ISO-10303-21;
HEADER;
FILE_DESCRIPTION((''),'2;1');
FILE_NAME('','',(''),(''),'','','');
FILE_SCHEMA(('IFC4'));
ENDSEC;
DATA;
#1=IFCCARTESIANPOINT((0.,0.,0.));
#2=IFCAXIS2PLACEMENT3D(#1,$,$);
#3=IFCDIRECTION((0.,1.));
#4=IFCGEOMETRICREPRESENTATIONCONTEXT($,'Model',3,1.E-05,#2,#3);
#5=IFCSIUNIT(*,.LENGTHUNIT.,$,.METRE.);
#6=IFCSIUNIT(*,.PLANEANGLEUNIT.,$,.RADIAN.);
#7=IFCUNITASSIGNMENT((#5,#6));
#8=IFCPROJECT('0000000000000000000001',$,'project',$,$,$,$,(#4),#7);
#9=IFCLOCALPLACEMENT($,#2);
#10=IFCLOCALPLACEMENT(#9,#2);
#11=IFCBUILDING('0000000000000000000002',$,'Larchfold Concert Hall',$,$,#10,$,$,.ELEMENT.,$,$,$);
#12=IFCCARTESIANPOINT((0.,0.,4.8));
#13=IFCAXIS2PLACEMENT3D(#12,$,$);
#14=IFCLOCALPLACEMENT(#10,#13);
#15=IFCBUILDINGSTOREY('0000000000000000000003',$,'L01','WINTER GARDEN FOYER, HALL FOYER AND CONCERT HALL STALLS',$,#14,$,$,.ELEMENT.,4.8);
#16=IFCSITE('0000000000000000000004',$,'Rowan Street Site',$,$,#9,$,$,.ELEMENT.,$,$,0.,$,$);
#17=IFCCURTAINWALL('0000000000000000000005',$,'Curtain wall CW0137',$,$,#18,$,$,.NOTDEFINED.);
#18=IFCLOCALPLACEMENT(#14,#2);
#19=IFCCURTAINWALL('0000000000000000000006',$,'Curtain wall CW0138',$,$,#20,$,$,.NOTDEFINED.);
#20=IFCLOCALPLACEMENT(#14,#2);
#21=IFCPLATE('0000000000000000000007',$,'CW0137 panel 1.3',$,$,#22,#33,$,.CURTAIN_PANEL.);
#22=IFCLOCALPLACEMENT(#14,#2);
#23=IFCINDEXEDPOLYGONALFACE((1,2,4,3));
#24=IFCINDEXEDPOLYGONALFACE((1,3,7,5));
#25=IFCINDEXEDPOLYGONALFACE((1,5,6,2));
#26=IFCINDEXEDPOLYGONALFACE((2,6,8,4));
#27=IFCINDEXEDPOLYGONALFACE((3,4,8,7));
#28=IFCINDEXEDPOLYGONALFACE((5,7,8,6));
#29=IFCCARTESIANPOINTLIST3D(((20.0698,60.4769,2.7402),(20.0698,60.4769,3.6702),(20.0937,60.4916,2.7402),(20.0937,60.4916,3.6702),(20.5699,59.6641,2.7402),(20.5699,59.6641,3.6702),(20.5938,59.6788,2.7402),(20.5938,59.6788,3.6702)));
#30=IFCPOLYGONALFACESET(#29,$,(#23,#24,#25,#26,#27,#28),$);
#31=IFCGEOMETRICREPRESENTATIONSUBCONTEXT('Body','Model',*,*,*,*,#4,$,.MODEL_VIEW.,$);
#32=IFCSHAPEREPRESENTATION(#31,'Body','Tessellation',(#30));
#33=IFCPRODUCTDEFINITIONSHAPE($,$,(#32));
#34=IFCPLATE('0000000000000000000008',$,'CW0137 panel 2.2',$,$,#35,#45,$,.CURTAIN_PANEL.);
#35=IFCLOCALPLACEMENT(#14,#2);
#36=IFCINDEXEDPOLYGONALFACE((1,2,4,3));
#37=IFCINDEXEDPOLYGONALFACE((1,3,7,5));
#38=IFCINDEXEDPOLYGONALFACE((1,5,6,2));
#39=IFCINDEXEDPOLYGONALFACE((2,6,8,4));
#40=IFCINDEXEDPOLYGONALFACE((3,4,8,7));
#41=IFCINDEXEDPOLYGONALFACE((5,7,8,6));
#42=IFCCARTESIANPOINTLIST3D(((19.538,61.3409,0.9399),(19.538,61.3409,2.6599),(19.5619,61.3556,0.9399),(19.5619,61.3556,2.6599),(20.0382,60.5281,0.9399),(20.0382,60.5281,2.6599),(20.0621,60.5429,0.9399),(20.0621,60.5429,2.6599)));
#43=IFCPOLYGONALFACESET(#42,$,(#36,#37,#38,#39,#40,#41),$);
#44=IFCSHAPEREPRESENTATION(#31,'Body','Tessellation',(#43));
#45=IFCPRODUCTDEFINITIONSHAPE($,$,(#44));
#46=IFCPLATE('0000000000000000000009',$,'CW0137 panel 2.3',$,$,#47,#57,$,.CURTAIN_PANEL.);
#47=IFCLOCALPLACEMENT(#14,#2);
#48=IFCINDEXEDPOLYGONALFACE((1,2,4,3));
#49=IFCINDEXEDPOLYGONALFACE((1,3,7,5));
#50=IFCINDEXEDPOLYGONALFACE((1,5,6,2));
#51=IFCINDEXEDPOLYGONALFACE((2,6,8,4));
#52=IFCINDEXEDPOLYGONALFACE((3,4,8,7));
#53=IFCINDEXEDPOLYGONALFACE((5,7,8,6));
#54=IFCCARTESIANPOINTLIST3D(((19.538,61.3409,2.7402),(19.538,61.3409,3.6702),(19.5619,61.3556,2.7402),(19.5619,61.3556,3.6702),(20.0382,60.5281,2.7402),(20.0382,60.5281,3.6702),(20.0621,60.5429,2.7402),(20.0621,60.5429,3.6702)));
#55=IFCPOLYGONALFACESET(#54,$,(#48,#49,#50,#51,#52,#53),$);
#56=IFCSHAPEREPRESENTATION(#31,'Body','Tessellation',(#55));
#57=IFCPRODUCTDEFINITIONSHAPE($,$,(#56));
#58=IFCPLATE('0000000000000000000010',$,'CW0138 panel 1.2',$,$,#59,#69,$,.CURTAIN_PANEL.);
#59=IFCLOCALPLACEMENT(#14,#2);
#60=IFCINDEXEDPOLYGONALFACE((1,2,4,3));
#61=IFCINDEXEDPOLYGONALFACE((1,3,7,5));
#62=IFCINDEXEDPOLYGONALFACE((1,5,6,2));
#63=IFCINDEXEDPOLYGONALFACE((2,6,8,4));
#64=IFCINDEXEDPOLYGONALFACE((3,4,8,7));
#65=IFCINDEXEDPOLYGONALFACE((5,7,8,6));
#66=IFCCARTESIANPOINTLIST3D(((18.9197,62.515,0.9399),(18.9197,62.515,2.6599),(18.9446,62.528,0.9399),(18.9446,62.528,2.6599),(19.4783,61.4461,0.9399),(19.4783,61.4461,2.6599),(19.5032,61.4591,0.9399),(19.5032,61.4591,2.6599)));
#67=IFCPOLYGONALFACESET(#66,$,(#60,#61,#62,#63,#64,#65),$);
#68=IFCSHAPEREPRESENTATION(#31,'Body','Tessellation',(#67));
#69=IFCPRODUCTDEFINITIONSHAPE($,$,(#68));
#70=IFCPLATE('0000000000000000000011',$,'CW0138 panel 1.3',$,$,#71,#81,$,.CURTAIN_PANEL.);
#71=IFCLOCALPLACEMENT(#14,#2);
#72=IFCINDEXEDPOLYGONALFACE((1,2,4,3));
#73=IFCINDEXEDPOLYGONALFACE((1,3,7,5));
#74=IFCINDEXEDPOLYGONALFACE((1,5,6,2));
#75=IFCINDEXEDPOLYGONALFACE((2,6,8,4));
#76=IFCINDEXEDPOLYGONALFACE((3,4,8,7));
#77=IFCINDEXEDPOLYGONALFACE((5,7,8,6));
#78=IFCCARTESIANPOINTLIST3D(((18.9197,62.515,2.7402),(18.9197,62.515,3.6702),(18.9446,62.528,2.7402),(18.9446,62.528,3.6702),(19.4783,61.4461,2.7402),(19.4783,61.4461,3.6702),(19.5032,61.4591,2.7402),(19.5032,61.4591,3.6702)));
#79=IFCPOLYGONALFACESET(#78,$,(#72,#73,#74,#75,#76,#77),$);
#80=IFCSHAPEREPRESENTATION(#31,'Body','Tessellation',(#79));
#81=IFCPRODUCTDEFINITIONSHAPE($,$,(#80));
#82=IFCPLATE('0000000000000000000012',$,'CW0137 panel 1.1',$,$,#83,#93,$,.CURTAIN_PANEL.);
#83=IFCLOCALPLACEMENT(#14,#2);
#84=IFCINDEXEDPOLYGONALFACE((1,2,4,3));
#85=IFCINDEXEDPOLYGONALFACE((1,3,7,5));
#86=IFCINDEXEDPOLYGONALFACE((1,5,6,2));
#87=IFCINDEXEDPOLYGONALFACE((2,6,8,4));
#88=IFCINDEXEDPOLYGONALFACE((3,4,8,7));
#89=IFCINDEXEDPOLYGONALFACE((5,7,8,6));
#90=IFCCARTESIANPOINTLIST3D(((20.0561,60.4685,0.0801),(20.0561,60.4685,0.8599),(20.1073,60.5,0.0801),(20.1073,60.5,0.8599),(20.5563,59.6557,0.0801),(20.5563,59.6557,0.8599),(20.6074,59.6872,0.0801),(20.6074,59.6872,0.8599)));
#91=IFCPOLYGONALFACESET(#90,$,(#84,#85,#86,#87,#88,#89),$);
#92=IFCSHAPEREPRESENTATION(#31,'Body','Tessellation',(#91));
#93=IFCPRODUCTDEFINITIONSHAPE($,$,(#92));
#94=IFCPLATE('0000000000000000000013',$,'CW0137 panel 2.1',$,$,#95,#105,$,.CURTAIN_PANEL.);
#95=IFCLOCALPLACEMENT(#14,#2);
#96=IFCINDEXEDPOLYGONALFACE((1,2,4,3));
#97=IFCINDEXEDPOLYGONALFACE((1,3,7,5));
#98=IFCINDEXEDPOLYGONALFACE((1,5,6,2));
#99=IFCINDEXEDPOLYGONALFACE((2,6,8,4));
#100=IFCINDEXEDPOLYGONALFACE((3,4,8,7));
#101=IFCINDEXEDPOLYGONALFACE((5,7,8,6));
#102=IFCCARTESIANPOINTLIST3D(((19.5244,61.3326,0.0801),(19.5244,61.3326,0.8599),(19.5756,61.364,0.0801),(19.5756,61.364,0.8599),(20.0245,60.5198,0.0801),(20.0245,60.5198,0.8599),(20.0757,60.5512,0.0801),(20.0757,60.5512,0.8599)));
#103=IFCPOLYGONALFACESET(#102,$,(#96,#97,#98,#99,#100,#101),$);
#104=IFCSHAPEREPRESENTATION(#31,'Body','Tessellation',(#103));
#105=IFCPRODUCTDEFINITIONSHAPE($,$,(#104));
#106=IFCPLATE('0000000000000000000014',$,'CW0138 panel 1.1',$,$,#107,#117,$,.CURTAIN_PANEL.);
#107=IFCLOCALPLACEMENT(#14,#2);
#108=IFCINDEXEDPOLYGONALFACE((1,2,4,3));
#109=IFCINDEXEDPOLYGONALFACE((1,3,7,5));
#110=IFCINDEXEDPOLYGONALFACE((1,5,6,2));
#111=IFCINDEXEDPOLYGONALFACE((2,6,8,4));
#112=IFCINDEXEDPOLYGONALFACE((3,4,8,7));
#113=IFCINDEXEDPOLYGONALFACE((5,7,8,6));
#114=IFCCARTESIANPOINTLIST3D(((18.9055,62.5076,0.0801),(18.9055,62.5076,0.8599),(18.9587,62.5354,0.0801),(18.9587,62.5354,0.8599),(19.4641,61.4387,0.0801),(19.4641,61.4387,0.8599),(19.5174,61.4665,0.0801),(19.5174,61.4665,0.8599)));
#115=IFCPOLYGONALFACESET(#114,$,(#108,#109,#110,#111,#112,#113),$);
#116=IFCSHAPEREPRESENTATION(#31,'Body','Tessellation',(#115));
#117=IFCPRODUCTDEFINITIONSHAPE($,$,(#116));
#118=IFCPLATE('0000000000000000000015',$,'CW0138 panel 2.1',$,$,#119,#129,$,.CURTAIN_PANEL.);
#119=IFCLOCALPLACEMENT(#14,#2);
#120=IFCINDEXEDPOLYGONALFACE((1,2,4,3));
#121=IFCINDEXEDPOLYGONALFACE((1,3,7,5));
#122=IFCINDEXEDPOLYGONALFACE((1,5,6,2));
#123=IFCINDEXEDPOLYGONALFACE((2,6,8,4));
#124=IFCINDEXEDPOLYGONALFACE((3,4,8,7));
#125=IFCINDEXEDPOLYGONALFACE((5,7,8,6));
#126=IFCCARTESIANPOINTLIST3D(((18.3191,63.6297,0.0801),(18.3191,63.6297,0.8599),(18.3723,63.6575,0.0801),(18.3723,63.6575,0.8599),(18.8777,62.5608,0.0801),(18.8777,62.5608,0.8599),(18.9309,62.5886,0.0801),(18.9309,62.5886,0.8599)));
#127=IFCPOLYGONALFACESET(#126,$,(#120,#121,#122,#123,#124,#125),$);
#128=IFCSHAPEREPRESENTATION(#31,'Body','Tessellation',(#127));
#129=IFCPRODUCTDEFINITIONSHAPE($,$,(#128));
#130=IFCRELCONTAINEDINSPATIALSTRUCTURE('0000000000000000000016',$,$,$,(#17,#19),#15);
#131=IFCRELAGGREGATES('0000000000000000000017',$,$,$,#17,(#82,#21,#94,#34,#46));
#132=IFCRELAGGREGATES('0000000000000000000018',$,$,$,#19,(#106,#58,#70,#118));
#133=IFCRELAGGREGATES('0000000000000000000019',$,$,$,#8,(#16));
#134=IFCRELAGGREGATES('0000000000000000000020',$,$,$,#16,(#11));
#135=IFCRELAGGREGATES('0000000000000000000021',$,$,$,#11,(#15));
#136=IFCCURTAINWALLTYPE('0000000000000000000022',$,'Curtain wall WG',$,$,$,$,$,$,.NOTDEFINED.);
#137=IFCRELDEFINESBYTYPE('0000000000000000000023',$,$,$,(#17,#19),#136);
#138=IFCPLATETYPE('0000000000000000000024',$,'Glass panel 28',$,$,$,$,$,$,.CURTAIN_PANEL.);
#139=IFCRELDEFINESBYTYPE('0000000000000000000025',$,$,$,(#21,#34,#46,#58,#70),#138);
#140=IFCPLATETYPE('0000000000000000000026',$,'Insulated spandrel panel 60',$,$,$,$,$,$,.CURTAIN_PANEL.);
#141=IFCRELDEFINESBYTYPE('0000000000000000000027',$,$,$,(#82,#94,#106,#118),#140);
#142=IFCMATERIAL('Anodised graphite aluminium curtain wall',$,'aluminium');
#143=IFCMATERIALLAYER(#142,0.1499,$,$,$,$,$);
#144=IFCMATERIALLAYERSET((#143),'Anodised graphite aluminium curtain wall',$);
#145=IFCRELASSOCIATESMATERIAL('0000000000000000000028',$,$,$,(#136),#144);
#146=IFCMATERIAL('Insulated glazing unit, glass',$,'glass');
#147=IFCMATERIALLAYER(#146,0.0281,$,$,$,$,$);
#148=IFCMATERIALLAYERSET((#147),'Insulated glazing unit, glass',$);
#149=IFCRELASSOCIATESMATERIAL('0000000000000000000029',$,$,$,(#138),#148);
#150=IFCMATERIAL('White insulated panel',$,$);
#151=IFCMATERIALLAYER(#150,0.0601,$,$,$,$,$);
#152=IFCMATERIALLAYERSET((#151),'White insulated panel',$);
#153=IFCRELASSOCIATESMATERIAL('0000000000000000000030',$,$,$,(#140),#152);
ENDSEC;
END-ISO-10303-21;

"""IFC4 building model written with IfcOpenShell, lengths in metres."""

from ifc_helpers import new_model, si_unit, direction, frame, origin, origin_2d, place, context, subcontext, project, spatial, rectangle, extrude, material, layer, layer_set, type_object, element, aggregate, save


model = new_model("IFC4")

# Units and contexts
model_context = context("Model", 3, precision=1e-05, world=origin(), true_north=direction((0.0, 1.0)))
body_context = subcontext(model_context, "Body", "Model", "MODEL_VIEW")
ifc_project = project(units=[si_unit("LENGTHUNIT", "METRE"), si_unit("PLANEANGLEUNIT", "RADIAN")], contexts=[model_context])

# Site, building, storey
site_placement = place(None, origin())
site = spatial("IfcSite", under=ifc_project, at=site_placement, Name="Rowan Street Site", CompositionType="ELEMENT", RefElevation=0.0)
building_placement = place(site_placement, origin())
building = spatial("IfcBuilding", under=site, at=building_placement, Name="Larchfold Concert Hall", CompositionType="ELEMENT")
storey_placement = place(building_placement, frame((0.0, 0.0, 4.8)))
storey = spatial("IfcBuildingStorey", under=building, at=storey_placement, Name="L01", Description="WINTER GARDEN FOYER, HALL FOYER AND CONCERT HALL STALLS", CompositionType="ELEMENT", Elevation=4.8)

# Curtain walls
ifc_material_1 = material(Name="Anodised graphite aluminium curtain wall", Category="aluminium")
ifc_layer_1 = layer(ifc_material_1, 0.1499)
ifc_layer_set_1 = layer_set([ifc_layer_1], Name="Anodised graphite aluminium curtain wall")
curtain_wall_type = type_object("IfcCurtainWallType", Name="Curtain wall WG", PredefinedType="NOTDEFINED", material=ifc_layer_set_1)
curtain_wall_1_placement = place(storey_placement, origin())
curtain_wall_1 = element("IfcCurtainWall", 1, at=curtain_wall_1_placement, inside=storey, type_object=curtain_wall_type, Name="Curtain wall CW0137", PredefinedType="NOTDEFINED")
curtain_wall_2_placement = place(storey_placement, origin())
curtain_wall_2 = element("IfcCurtainWall", 2, at=curtain_wall_2_placement, inside=storey, type_object=curtain_wall_type, Name="Curtain wall CW0138", PredefinedType="NOTDEFINED")

# Plates
ifc_material_2 = material(Name="Insulated glazing unit, glass", Category="glass")
ifc_layer_2 = layer(ifc_material_2, 0.0281)
ifc_layer_set_2 = layer_set([ifc_layer_2], Name="Insulated glazing unit, glass")
plate_type_1 = type_object("IfcPlateType", Name="Glass panel 28", PredefinedType="CURTAIN_PANEL", material=ifc_layer_set_2)
plate_1_placement = place(storey_placement, frame((20.3318, 60.0779, 2.7402), z_axis=(0.0, 0.0, 1.0), x_axis=(-0.524071, 0.851674, 0.0)))
plate_1 = element("IfcPlate", 3, at=plate_1_placement, type_object=plate_type_1, Name="CW0137 panel 1.3", PredefinedType="CURTAIN_PANEL", context=body_context, shape_type="SweptSolid", body=[
    extrude(rectangle(XDim=0.9543, YDim=0.0281, at=origin_2d()), origin(), (0.0, 0.0, 1.0), 0.9299),
])
plate_2_placement = place(storey_placement, frame((19.8, 60.9419, 0.9399), z_axis=(0.0, 0.0, 1.0), x_axis=(-0.524071, 0.851674, 0.0)))
plate_2 = element("IfcPlate", 4, at=plate_2_placement, type_object=plate_type_1, Name="CW0137 panel 2.2", PredefinedType="CURTAIN_PANEL", context=body_context, shape_type="SweptSolid", body=[
    extrude(rectangle(XDim=0.9543, YDim=0.0281, at=origin_2d()), origin(), (0.0, 0.0, 1.0), 1.72),
])
plate_3_placement = place(storey_placement, frame((19.8, 60.9419, 2.7402), z_axis=(0.0, 0.0, 1.0), x_axis=(-0.524071, 0.851674, 0.0)))
plate_3 = element("IfcPlate", 5, at=plate_3_placement, type_object=plate_type_1, Name="CW0137 panel 2.3", PredefinedType="CURTAIN_PANEL", context=body_context, shape_type="SweptSolid", body=[
    extrude(rectangle(XDim=0.9543, YDim=0.0281, at=origin_2d()), origin(), (0.0, 0.0, 1.0), 0.9299),
])
plate_4_placement = place(storey_placement, frame((19.2114, 61.9871, 0.9399), z_axis=(0.0, 0.0, 1.0), x_axis=(-0.46319, 0.886259, 0.0)))
plate_4 = element("IfcPlate", 6, at=plate_4_placement, type_object=plate_type_1, Name="CW0138 panel 1.2", PredefinedType="CURTAIN_PANEL", context=body_context, shape_type="SweptSolid", body=[
    extrude(rectangle(XDim=1.2061, YDim=0.0281, at=origin_2d()), origin(), (0.0, 0.0, 1.0), 1.72),
])
plate_5_placement = place(storey_placement, frame((19.2114, 61.9871, 2.7402), z_axis=(0.0, 0.0, 1.0), x_axis=(-0.46319, 0.886259, 0.0)))
plate_5 = element("IfcPlate", 7, at=plate_5_placement, type_object=plate_type_1, Name="CW0138 panel 1.3", PredefinedType="CURTAIN_PANEL", context=body_context, shape_type="SweptSolid", body=[
    extrude(rectangle(XDim=1.2061, YDim=0.0281, at=origin_2d()), origin(), (0.0, 0.0, 1.0), 0.9299),
])
ifc_material_3 = material(Name="White insulated panel")
ifc_layer_3 = layer(ifc_material_3, 0.0601)
ifc_layer_set_3 = layer_set([ifc_layer_3], Name="White insulated panel")
plate_type_2 = type_object("IfcPlateType", Name="Insulated spandrel panel 60", PredefinedType="CURTAIN_PANEL", material=ifc_layer_set_3)
plate_6_placement = place(storey_placement, frame((20.3318, 60.0779, 0.0801), z_axis=(0.0, 0.0, 1.0), x_axis=(-0.524071, 0.851674, 0.0)))
plate_6 = element("IfcPlate", 8, at=plate_6_placement, type_object=plate_type_2, Name="CW0137 panel 1.1", PredefinedType="CURTAIN_PANEL", context=body_context, shape_type="SweptSolid", body=[
    extrude(rectangle(XDim=0.9543, YDim=0.0601, at=origin_2d()), origin(), (0.0, 0.0, 1.0), 0.7798),
])
plate_7_placement = place(storey_placement, frame((19.8, 60.9419, 0.0801), z_axis=(0.0, 0.0, 1.0), x_axis=(-0.524071, 0.851674, 0.0)))
plate_7 = element("IfcPlate", 9, at=plate_7_placement, type_object=plate_type_2, Name="CW0137 panel 2.1", PredefinedType="CURTAIN_PANEL", context=body_context, shape_type="SweptSolid", body=[
    extrude(rectangle(XDim=0.9543, YDim=0.0601, at=origin_2d()), origin(), (0.0, 0.0, 1.0), 0.7798),
])
aggregate(curtain_wall_1, [plate_6, plate_1, plate_7, plate_2, plate_3])
plate_8_placement = place(storey_placement, frame((19.2114, 61.9871, 0.0801), z_axis=(0.0, 0.0, 1.0), x_axis=(-0.46319, 0.886259, 0.0)))
plate_8 = element("IfcPlate", 10, at=plate_8_placement, type_object=plate_type_2, Name="CW0138 panel 1.1", PredefinedType="CURTAIN_PANEL", context=body_context, shape_type="SweptSolid", body=[
    extrude(rectangle(XDim=1.2061, YDim=0.0601, at=origin_2d()), origin(), (0.0, 0.0, 1.0), 0.7798),
])
plate_9_placement = place(storey_placement, frame((18.625, 63.1091, 0.0801), z_axis=(0.0, 0.0, 1.0), x_axis=(-0.46319, 0.886259, 0.0)))
plate_9 = element("IfcPlate", 11, at=plate_9_placement, type_object=plate_type_2, Name="CW0138 panel 2.1", PredefinedType="CURTAIN_PANEL", context=body_context, shape_type="SweptSolid", body=[
    extrude(rectangle(XDim=1.2061, YDim=0.0601, at=origin_2d()), origin(), (0.0, 0.0, 1.0), 0.7798),
])
aggregate(curtain_wall_2, [plate_8, plate_4, plate_5, plate_9])

save(model, "model.ifc")
